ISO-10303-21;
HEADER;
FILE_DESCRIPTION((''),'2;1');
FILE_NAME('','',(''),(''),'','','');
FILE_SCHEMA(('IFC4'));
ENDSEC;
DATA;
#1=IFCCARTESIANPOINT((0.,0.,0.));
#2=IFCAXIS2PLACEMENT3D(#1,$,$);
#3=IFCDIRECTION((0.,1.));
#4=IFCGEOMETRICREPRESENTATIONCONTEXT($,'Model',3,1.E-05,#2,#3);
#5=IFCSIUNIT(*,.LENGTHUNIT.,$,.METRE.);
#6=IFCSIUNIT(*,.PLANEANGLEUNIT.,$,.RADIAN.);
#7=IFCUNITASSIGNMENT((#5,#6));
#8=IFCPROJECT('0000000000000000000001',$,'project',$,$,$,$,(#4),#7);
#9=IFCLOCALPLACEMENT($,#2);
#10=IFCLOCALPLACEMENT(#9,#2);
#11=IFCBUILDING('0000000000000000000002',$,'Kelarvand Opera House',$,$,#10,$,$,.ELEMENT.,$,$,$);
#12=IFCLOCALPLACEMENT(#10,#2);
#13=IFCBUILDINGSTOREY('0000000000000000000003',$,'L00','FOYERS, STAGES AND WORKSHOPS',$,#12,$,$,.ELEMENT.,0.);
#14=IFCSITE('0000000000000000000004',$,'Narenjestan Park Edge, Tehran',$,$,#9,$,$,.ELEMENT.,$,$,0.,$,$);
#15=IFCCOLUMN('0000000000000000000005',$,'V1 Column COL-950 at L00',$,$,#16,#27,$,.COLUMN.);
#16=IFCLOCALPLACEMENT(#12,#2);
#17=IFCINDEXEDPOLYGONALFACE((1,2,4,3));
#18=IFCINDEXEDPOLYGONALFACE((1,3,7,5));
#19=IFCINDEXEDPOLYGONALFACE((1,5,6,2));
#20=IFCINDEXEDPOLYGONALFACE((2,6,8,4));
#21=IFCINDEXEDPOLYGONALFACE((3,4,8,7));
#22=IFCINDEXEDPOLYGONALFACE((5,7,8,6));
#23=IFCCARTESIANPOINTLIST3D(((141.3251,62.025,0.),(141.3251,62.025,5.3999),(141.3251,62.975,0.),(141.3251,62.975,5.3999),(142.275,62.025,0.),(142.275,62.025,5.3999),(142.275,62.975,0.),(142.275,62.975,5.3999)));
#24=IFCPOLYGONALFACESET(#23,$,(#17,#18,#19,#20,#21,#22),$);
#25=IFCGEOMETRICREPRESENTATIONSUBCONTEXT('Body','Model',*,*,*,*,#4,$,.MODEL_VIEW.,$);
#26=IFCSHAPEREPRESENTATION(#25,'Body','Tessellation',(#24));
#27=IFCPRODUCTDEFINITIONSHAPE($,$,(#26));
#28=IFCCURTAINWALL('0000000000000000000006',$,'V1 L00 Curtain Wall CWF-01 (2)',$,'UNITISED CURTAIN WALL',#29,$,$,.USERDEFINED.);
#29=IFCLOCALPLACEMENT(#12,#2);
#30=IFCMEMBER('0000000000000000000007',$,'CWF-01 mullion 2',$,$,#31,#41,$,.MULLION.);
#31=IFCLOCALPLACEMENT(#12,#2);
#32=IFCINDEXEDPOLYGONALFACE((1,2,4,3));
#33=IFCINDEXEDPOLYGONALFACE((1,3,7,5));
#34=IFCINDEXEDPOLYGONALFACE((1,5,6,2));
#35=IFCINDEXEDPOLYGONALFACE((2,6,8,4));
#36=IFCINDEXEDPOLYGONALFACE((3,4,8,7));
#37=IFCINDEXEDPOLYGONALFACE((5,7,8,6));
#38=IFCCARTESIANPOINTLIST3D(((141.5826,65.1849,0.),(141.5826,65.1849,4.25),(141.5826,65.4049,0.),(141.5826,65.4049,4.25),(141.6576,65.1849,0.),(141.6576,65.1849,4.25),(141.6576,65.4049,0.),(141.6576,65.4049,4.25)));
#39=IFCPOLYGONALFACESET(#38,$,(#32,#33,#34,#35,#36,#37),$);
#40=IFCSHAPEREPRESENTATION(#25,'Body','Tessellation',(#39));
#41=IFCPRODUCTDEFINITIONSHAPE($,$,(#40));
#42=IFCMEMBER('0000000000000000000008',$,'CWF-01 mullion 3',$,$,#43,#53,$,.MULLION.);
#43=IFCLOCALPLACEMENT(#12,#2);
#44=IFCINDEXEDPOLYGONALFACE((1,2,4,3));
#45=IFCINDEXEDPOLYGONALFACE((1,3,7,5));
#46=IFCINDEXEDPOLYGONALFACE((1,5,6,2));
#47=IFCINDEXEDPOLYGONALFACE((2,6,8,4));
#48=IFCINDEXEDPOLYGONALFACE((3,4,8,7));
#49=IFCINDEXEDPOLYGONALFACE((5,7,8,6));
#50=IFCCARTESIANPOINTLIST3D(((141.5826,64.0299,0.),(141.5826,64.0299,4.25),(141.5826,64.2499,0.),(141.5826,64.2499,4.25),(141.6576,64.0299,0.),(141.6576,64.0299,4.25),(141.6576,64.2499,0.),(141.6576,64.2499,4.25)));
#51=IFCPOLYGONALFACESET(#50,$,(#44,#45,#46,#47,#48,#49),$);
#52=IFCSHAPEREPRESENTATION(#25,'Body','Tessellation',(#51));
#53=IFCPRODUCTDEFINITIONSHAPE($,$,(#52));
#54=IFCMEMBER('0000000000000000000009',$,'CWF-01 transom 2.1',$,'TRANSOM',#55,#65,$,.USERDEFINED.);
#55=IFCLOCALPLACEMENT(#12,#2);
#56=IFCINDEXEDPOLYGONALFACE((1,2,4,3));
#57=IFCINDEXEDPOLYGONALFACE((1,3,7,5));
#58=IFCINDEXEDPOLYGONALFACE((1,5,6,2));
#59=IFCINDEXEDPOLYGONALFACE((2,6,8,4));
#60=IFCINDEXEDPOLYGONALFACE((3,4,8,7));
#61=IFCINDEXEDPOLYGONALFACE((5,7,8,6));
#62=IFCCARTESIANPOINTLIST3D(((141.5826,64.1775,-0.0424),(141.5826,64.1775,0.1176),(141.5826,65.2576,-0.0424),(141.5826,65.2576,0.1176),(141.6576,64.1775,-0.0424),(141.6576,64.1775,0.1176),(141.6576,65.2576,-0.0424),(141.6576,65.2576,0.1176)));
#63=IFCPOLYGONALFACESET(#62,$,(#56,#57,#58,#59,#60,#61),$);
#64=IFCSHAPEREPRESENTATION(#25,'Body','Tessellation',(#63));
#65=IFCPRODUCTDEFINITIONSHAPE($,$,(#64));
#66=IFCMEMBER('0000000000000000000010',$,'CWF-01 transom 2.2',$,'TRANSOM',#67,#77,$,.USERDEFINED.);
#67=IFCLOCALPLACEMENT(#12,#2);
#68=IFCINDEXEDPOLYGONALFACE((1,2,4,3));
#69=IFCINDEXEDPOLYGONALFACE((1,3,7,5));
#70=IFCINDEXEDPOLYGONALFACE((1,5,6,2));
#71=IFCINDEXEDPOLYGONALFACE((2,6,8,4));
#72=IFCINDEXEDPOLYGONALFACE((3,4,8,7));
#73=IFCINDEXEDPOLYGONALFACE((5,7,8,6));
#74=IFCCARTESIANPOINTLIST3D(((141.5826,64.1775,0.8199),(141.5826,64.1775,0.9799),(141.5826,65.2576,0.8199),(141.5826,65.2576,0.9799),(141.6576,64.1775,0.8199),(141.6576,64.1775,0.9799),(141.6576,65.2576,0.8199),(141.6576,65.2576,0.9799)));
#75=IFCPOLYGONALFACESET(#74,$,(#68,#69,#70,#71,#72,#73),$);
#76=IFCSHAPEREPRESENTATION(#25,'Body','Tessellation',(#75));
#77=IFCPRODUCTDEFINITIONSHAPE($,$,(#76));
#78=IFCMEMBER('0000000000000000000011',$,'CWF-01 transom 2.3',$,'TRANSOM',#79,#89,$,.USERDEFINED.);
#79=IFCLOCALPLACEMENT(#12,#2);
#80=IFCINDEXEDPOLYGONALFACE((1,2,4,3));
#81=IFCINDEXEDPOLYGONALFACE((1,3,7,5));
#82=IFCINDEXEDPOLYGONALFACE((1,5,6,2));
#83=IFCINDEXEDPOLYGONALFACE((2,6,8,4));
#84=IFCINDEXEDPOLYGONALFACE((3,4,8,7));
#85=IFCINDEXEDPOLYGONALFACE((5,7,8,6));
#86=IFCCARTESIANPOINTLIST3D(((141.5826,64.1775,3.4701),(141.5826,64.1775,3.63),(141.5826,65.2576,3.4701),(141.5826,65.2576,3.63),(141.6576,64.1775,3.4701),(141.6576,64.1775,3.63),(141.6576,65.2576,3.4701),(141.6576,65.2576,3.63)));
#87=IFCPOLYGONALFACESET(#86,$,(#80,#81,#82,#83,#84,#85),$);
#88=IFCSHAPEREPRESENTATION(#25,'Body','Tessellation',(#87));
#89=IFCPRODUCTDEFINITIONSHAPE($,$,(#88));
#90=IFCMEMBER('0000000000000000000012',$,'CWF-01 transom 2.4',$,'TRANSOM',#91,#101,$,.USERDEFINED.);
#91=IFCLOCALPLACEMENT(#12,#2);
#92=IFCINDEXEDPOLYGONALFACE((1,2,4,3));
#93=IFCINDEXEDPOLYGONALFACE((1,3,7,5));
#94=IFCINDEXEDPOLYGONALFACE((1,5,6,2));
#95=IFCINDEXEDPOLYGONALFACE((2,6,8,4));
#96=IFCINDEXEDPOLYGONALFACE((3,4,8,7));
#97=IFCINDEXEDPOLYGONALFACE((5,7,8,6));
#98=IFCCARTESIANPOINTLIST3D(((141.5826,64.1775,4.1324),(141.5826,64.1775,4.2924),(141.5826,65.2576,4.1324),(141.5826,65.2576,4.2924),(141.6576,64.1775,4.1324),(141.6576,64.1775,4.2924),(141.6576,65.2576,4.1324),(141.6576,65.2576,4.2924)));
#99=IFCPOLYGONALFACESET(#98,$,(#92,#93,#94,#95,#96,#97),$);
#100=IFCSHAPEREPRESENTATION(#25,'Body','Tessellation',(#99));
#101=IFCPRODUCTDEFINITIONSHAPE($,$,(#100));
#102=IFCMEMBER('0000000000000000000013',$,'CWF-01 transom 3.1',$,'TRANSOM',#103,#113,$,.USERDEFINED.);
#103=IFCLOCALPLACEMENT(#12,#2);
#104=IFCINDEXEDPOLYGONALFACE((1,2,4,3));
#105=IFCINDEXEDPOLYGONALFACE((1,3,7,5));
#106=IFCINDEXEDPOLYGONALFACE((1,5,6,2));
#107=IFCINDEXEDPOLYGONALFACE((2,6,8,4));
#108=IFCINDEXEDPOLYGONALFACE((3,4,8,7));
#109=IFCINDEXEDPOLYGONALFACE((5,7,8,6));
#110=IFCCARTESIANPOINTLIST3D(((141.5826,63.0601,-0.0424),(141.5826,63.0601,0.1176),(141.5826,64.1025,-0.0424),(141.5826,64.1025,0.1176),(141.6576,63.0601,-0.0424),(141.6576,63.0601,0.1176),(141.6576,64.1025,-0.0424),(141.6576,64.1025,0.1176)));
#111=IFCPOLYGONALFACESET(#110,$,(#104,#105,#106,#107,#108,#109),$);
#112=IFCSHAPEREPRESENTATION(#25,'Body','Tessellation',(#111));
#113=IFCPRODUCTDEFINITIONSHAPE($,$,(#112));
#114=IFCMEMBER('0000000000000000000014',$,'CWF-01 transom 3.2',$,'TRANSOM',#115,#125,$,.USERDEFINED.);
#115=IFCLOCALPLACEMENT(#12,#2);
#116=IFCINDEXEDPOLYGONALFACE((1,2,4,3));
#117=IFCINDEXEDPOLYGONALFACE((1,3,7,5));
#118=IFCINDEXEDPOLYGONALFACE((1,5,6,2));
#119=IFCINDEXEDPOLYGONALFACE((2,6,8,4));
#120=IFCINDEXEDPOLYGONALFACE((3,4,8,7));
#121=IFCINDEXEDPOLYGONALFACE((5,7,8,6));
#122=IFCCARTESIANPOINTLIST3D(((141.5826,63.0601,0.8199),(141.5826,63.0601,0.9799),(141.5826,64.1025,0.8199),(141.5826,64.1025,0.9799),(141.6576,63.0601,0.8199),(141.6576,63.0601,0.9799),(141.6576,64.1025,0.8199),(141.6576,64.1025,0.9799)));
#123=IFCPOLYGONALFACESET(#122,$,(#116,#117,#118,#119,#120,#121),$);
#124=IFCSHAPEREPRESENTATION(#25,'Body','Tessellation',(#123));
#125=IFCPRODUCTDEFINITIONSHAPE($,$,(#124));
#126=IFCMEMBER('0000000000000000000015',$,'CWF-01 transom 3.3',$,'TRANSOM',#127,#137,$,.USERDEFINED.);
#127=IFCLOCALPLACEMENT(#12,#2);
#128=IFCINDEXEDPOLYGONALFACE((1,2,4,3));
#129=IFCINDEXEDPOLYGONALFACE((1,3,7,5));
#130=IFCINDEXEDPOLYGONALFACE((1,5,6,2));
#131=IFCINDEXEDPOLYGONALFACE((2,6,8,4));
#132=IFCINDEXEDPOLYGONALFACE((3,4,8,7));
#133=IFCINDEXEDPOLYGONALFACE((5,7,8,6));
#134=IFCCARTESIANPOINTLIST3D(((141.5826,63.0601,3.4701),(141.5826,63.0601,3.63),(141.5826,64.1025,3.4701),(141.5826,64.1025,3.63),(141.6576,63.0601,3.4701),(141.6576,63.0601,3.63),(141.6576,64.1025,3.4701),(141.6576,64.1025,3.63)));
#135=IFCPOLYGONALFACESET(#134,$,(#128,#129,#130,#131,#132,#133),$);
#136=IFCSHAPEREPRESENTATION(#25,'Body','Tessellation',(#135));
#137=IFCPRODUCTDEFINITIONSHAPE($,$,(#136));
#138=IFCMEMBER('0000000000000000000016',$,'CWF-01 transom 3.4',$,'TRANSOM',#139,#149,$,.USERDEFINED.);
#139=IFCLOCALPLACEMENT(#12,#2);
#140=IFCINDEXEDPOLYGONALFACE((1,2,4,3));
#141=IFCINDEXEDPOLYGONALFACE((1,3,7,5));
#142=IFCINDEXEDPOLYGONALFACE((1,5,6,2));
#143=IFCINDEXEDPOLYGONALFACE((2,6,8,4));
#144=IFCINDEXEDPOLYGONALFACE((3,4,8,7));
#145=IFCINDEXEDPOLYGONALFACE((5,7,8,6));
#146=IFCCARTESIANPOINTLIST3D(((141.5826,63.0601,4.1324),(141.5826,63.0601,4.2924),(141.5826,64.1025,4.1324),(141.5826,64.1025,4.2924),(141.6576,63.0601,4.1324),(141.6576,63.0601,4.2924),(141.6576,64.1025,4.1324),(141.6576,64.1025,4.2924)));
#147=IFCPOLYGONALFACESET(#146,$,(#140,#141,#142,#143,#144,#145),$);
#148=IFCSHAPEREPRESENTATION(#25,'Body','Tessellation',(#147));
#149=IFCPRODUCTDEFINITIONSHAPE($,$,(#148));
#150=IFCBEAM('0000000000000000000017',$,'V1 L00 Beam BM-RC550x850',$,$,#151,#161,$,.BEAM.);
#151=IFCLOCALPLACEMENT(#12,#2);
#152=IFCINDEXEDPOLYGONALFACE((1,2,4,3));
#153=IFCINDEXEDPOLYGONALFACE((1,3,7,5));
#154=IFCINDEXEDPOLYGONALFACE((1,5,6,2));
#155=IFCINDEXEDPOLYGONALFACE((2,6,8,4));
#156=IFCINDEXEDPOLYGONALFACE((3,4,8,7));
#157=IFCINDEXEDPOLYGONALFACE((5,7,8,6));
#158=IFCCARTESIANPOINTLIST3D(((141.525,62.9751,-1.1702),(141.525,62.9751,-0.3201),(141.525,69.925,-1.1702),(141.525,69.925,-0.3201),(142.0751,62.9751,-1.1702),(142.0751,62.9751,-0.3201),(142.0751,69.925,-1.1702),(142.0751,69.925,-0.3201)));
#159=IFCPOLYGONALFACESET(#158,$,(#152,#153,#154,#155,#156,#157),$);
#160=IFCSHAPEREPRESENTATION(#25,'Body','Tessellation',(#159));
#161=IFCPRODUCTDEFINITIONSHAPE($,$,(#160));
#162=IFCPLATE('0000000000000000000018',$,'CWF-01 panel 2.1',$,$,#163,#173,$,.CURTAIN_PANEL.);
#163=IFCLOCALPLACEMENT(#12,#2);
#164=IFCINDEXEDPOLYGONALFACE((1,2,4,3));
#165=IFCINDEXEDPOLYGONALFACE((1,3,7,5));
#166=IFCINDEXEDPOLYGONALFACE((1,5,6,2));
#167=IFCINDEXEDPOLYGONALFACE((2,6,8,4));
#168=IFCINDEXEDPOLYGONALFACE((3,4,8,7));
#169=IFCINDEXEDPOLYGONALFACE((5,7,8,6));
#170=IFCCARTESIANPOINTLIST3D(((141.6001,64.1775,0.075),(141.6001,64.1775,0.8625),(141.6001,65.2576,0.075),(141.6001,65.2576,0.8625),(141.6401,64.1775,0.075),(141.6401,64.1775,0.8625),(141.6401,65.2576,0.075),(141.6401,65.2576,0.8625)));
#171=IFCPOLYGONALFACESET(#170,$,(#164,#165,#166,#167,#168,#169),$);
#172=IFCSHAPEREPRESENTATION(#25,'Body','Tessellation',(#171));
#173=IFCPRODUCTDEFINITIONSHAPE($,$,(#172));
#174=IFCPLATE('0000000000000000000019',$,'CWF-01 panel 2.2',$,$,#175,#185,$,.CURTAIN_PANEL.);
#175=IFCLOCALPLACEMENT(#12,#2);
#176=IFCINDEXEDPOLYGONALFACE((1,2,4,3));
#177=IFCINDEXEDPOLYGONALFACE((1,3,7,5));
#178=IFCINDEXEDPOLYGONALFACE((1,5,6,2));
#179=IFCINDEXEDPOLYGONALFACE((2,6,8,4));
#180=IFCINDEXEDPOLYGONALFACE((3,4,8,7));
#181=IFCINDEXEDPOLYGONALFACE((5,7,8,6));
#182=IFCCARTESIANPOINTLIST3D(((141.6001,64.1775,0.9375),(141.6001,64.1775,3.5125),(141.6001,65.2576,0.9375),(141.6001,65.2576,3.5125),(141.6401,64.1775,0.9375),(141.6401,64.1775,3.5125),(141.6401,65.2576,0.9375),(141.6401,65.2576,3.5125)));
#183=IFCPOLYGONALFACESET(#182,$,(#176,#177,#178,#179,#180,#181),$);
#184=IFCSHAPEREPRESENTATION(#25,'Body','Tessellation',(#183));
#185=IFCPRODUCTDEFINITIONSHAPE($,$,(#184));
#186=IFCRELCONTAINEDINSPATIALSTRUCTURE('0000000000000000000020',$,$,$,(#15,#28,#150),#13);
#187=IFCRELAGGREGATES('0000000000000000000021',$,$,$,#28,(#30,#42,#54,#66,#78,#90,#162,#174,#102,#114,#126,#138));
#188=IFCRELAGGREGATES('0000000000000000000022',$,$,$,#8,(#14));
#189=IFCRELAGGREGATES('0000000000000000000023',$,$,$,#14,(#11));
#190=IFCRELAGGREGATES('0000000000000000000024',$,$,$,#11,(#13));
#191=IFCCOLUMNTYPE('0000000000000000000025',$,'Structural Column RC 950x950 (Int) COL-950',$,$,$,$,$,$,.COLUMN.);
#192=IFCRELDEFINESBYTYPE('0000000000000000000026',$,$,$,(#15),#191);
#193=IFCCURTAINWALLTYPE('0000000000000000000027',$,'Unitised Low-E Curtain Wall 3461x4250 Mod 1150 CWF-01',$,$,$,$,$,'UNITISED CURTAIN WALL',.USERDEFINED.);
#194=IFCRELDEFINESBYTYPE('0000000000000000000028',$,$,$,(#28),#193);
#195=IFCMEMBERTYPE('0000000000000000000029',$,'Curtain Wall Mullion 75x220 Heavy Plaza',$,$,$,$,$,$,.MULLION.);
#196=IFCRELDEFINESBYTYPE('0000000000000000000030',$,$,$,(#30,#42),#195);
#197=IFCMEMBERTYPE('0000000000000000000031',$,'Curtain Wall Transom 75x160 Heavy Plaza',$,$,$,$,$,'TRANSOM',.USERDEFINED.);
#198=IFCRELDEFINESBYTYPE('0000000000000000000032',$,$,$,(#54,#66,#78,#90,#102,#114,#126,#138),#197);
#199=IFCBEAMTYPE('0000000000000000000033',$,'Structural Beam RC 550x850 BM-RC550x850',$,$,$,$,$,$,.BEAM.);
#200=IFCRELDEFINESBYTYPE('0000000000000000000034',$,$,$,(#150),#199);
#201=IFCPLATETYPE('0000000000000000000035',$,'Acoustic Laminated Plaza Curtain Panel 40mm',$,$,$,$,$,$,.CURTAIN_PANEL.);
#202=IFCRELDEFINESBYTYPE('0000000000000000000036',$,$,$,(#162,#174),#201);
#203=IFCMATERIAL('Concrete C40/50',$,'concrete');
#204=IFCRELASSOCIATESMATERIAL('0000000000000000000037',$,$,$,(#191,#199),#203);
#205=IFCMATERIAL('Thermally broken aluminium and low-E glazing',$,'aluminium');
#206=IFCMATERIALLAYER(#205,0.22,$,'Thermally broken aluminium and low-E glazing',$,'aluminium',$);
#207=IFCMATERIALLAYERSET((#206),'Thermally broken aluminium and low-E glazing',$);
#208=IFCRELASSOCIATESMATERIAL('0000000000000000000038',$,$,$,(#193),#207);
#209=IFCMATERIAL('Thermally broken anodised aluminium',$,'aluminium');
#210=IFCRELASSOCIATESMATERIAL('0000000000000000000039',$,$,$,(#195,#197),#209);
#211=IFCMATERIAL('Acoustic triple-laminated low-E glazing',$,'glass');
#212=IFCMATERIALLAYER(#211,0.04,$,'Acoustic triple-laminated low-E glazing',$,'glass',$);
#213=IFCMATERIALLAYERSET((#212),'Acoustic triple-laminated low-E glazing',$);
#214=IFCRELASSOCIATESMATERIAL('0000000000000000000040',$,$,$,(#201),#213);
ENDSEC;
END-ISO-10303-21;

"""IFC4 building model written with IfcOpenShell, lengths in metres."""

from ifc_helpers import new_model, si_unit, direction, frame, origin, origin_2d, place, context, subcontext, project, spatial, rectangle, extrude, material, layer, layer_set, material_profile, profile_set, type_object, element, aggregate, save


model = new_model("IFC4")

# Units and contexts
model_context = context("Model", 3, precision=1e-05, world=origin(), true_north=direction((0.0, 1.0)))
body_context = subcontext(model_context, "Body", "Model", "MODEL_VIEW")
ifc_project = project(units=[si_unit("LENGTHUNIT", "METRE"), si_unit("PLANEANGLEUNIT", "RADIAN")], contexts=[model_context])

# Site, building, storey
site_placement = place(None, origin())
site = spatial("IfcSite", under=ifc_project, at=site_placement, Name="Narenjestan Park Edge, Tehran", CompositionType="ELEMENT", RefElevation=0.0)
building_placement = place(site_placement, origin())
building = spatial("IfcBuilding", under=site, at=building_placement, Name="Kelarvand Opera House", CompositionType="ELEMENT")
storey_placement = place(building_placement, origin())
storey = spatial("IfcBuildingStorey", under=building, at=storey_placement, Name="L00", Description="FOYERS, STAGES AND WORKSHOPS", CompositionType="ELEMENT", Elevation=0.0)

# Column
ifc_material_1 = material(Name="Concrete C40/50", Category="concrete")
ifc_material_profile_1 = material_profile(ifc_material_1, rectangle(XDim=0.95, YDim=0.95, at=origin_2d()), Name="RC 950x950", Category="concrete")
ifc_profile_set_1 = profile_set([ifc_material_profile_1], Name="Concrete C40/50")
column_type = type_object("IfcColumnType", Name="Structural Column RC 950x950 (Int) COL-950", PredefinedType="COLUMN", material=ifc_profile_set_1)
column_placement = place(storey_placement, frame((141.8, 62.5, 0.0), z_axis=(0.0, 0.0, 1.0), x_axis=(1.0, 0.0, 0.0)))
element("IfcColumn", 1, at=column_placement, inside=storey, type_object=column_type, Name="V1 Column COL-950 at L00", PredefinedType="COLUMN", context=body_context, shape_type="SweptSolid", body=[
    extrude(rectangle(XDim=0.95, YDim=0.95, at=origin_2d()), origin(), (0.0, 0.0, 1.0), 5.3999),
])

# Curtain wall, members
ifc_material_2 = material(Name="Thermally broken aluminium and low-E glazing", Category="aluminium")
ifc_layer_1 = layer(ifc_material_2, 0.22, Name="Thermally broken aluminium and low-E glazing", Category="aluminium")
ifc_layer_set_1 = layer_set([ifc_layer_1], Name="Thermally broken aluminium and low-E glazing")
curtain_wall_type = type_object("IfcCurtainWallType", Name="Unitised Low-E Curtain Wall 3461x4250 Mod 1150 CWF-01", ElementType="UNITISED CURTAIN WALL", PredefinedType="USERDEFINED", material=ifc_layer_set_1)
curtain_wall_placement = place(storey_placement, origin())
curtain_wall = element("IfcCurtainWall", 2, at=curtain_wall_placement, inside=storey, type_object=curtain_wall_type, Name="V1 L00 Curtain Wall CWF-01 (2)", ObjectType="UNITISED CURTAIN WALL", PredefinedType="USERDEFINED")
ifc_material_3 = material(Name="Thermally broken anodised aluminium", Category="aluminium")
ifc_material_profile_2 = material_profile(ifc_material_3, rectangle(XDim=0.075, YDim=0.22, at=origin_2d()), Name="ALU MULLION 75x220", Category="aluminium")
ifc_profile_set_2 = profile_set([ifc_material_profile_2], Name="Thermally broken anodised aluminium")
member_type_1 = type_object("IfcMemberType", Name="Curtain Wall Mullion 75x220 Heavy Plaza", PredefinedType="MULLION", material=ifc_profile_set_2)
member_1_placement = place(storey_placement, frame((141.6201, 65.2949, 0.0), z_axis=(0.0, 0.0, 1.0), x_axis=(1.0, 0.0, 0.0)))
member_1 = element("IfcMember", 3, at=member_1_placement, type_object=member_type_1, Name="CWF-01 mullion 2", PredefinedType="MULLION", context=body_context, shape_type="SweptSolid", body=[
    extrude(rectangle(XDim=0.075, YDim=0.22, at=origin_2d()), origin(), (0.0, 0.0, 1.0), 4.25),
])
member_2_placement = place(storey_placement, frame((141.6201, 64.1399, 0.0), z_axis=(0.0, 0.0, 1.0), x_axis=(1.0, 0.0, 0.0)))
member_2 = element("IfcMember", 4, at=member_2_placement, type_object=member_type_1, Name="CWF-01 mullion 3", PredefinedType="MULLION", context=body_context, shape_type="SweptSolid", body=[
    extrude(rectangle(XDim=0.075, YDim=0.22, at=origin_2d()), origin(), (0.0, 0.0, 1.0), 4.25),
])
ifc_material_profile_3 = material_profile(ifc_material_3, rectangle(XDim=0.075, YDim=0.1599, at=origin_2d()), Name="ALU TRANSOM 75x160", Category="aluminium")
ifc_profile_set_3 = profile_set([ifc_material_profile_3], Name="Thermally broken anodised aluminium")
member_type_2 = type_object("IfcMemberType", Name="Curtain Wall Transom 75x160 Heavy Plaza", ElementType="TRANSOM", PredefinedType="USERDEFINED", material=ifc_profile_set_3)
member_3_placement = place(storey_placement, frame((141.6201, 65.2576, 0.0376), z_axis=(0.0, -1.0, 0.0), x_axis=(1.0, 0.0, 0.0)))
member_3 = element("IfcMember", 5, at=member_3_placement, type_object=member_type_2, Name="CWF-01 transom 2.1", ObjectType="TRANSOM", PredefinedType="USERDEFINED", context=body_context, shape_type="SweptSolid", body=[
    extrude(rectangle(XDim=0.075, YDim=0.1599, at=origin_2d()), origin(), (0.0, 0.0, 1.0), 1.0801),
])
member_4_placement = place(storey_placement, frame((141.6201, 65.2576, 0.8999), z_axis=(0.0, -1.0, 0.0), x_axis=(1.0, 0.0, 0.0)))
member_4 = element("IfcMember", 6, at=member_4_placement, type_object=member_type_2, Name="CWF-01 transom 2.2", ObjectType="TRANSOM", PredefinedType="USERDEFINED", context=body_context, shape_type="SweptSolid", body=[
    extrude(rectangle(XDim=0.075, YDim=0.1599, at=origin_2d()), origin(), (0.0, 0.0, 1.0), 1.0801),
])
member_5_placement = place(storey_placement, frame((141.6201, 65.2576, 3.55), z_axis=(0.0, -1.0, 0.0), x_axis=(1.0, 0.0, 0.0)))
member_5 = element("IfcMember", 7, at=member_5_placement, type_object=member_type_2, Name="CWF-01 transom 2.3", ObjectType="TRANSOM", PredefinedType="USERDEFINED", context=body_context, shape_type="SweptSolid", body=[
    extrude(rectangle(XDim=0.075, YDim=0.1599, at=origin_2d()), origin(), (0.0, 0.0, 1.0), 1.0801),
])
member_6_placement = place(storey_placement, frame((141.6201, 65.2576, 4.2124), z_axis=(0.0, -1.0, 0.0), x_axis=(1.0, 0.0, 0.0)))
member_6 = element("IfcMember", 8, at=member_6_placement, type_object=member_type_2, Name="CWF-01 transom 2.4", ObjectType="TRANSOM", PredefinedType="USERDEFINED", context=body_context, shape_type="SweptSolid", body=[
    extrude(rectangle(XDim=0.075, YDim=0.1599, at=origin_2d()), origin(), (0.0, 0.0, 1.0), 1.0801),
])
member_7_placement = place(storey_placement, frame((141.6201, 64.1025, 0.0376), z_axis=(0.0, -1.0, 0.0), x_axis=(1.0, 0.0, 0.0)))
member_7 = element("IfcMember", 9, at=member_7_placement, type_object=member_type_2, Name="CWF-01 transom 3.1", ObjectType="TRANSOM", PredefinedType="USERDEFINED", context=body_context, shape_type="SweptSolid", body=[
    extrude(rectangle(XDim=0.075, YDim=0.1599, at=origin_2d()), origin(), (0.0, 0.0, 1.0), 1.0425),
])
member_8_placement = place(storey_placement, frame((141.6201, 64.1025, 0.8999), z_axis=(0.0, -1.0, 0.0), x_axis=(1.0, 0.0, 0.0)))
member_8 = element("IfcMember", 10, at=member_8_placement, type_object=member_type_2, Name="CWF-01 transom 3.2", ObjectType="TRANSOM", PredefinedType="USERDEFINED", context=body_context, shape_type="SweptSolid", body=[
    extrude(rectangle(XDim=0.075, YDim=0.1599, at=origin_2d()), origin(), (0.0, 0.0, 1.0), 1.0425),
])
member_9_placement = place(storey_placement, frame((141.6201, 64.1025, 3.55), z_axis=(0.0, -1.0, 0.0), x_axis=(1.0, 0.0, 0.0)))
member_9 = element("IfcMember", 11, at=member_9_placement, type_object=member_type_2, Name="CWF-01 transom 3.3", ObjectType="TRANSOM", PredefinedType="USERDEFINED", context=body_context, shape_type="SweptSolid", body=[
    extrude(rectangle(XDim=0.075, YDim=0.1599, at=origin_2d()), origin(), (0.0, 0.0, 1.0), 1.0425),
])
member_10_placement = place(storey_placement, frame((141.6201, 64.1025, 4.2124), z_axis=(0.0, -1.0, 0.0), x_axis=(1.0, 0.0, 0.0)))
member_10 = element("IfcMember", 12, at=member_10_placement, type_object=member_type_2, Name="CWF-01 transom 3.4", ObjectType="TRANSOM", PredefinedType="USERDEFINED", context=body_context, shape_type="SweptSolid", body=[
    extrude(rectangle(XDim=0.075, YDim=0.1599, at=origin_2d()), origin(), (0.0, 0.0, 1.0), 1.0425),
])

# Beam
ifc_material_profile_4 = material_profile(ifc_material_1, rectangle(XDim=0.55, YDim=0.8501, at=origin_2d()), Name="RC 550x850", Category="concrete")
ifc_profile_set_4 = profile_set([ifc_material_profile_4], Name="Concrete C40/50")
beam_type = type_object("IfcBeamType", Name="Structural Beam RC 550x850 BM-RC550x850", PredefinedType="BEAM", material=ifc_profile_set_4)
beam_placement = place(storey_placement, frame((141.8, 62.9751, -0.7451), z_axis=(0.0, 1.0, 0.0), x_axis=(-1.0, 0.0, 0.0)))
element("IfcBeam", 13, at=beam_placement, inside=storey, type_object=beam_type, Name="V1 L00 Beam BM-RC550x850", PredefinedType="BEAM", context=body_context, shape_type="SweptSolid", body=[
    extrude(rectangle(XDim=0.55, YDim=0.8501, at=origin_2d()), origin(), (0.0, 0.0, 1.0), 6.95),
])

# Plates
ifc_material_4 = material(Name="Acoustic triple-laminated low-E glazing", Category="glass")
ifc_layer_2 = layer(ifc_material_4, 0.04, Name="Acoustic triple-laminated low-E glazing", Category="glass")
ifc_layer_set_2 = layer_set([ifc_layer_2], Name="Acoustic triple-laminated low-E glazing")
plate_type = type_object("IfcPlateType", Name="Acoustic Laminated Plaza Curtain Panel 40mm", PredefinedType="CURTAIN_PANEL", material=ifc_layer_set_2)
plate_1_placement = place(storey_placement, frame((141.6201, 64.7175, 0.075), z_axis=(0.0, 0.0, 1.0), x_axis=(0.0, -1.0, 0.0)))
plate_1 = element("IfcPlate", 14, at=plate_1_placement, type_object=plate_type, Name="CWF-01 panel 2.1", PredefinedType="CURTAIN_PANEL", context=body_context, shape_type="SweptSolid", body=[
    extrude(rectangle(XDim=1.0801, YDim=0.04, at=origin_2d()), origin(), (0.0, 0.0, 1.0), 0.7876),
])
plate_2_placement = place(storey_placement, frame((141.6201, 64.7175, 0.9375), z_axis=(0.0, 0.0, 1.0), x_axis=(0.0, -1.0, 0.0)))
plate_2 = element("IfcPlate", 15, at=plate_2_placement, type_object=plate_type, Name="CWF-01 panel 2.2", PredefinedType="CURTAIN_PANEL", context=body_context, shape_type="SweptSolid", body=[
    extrude(rectangle(XDim=1.0801, YDim=0.04, at=origin_2d()), origin(), (0.0, 0.0, 1.0), 2.575),
])
aggregate(curtain_wall, [member_1, member_2, member_3, member_4, member_5, member_6, plate_1, plate_2, member_7, member_8, member_9, member_10])

save(model, "model.ifc")
